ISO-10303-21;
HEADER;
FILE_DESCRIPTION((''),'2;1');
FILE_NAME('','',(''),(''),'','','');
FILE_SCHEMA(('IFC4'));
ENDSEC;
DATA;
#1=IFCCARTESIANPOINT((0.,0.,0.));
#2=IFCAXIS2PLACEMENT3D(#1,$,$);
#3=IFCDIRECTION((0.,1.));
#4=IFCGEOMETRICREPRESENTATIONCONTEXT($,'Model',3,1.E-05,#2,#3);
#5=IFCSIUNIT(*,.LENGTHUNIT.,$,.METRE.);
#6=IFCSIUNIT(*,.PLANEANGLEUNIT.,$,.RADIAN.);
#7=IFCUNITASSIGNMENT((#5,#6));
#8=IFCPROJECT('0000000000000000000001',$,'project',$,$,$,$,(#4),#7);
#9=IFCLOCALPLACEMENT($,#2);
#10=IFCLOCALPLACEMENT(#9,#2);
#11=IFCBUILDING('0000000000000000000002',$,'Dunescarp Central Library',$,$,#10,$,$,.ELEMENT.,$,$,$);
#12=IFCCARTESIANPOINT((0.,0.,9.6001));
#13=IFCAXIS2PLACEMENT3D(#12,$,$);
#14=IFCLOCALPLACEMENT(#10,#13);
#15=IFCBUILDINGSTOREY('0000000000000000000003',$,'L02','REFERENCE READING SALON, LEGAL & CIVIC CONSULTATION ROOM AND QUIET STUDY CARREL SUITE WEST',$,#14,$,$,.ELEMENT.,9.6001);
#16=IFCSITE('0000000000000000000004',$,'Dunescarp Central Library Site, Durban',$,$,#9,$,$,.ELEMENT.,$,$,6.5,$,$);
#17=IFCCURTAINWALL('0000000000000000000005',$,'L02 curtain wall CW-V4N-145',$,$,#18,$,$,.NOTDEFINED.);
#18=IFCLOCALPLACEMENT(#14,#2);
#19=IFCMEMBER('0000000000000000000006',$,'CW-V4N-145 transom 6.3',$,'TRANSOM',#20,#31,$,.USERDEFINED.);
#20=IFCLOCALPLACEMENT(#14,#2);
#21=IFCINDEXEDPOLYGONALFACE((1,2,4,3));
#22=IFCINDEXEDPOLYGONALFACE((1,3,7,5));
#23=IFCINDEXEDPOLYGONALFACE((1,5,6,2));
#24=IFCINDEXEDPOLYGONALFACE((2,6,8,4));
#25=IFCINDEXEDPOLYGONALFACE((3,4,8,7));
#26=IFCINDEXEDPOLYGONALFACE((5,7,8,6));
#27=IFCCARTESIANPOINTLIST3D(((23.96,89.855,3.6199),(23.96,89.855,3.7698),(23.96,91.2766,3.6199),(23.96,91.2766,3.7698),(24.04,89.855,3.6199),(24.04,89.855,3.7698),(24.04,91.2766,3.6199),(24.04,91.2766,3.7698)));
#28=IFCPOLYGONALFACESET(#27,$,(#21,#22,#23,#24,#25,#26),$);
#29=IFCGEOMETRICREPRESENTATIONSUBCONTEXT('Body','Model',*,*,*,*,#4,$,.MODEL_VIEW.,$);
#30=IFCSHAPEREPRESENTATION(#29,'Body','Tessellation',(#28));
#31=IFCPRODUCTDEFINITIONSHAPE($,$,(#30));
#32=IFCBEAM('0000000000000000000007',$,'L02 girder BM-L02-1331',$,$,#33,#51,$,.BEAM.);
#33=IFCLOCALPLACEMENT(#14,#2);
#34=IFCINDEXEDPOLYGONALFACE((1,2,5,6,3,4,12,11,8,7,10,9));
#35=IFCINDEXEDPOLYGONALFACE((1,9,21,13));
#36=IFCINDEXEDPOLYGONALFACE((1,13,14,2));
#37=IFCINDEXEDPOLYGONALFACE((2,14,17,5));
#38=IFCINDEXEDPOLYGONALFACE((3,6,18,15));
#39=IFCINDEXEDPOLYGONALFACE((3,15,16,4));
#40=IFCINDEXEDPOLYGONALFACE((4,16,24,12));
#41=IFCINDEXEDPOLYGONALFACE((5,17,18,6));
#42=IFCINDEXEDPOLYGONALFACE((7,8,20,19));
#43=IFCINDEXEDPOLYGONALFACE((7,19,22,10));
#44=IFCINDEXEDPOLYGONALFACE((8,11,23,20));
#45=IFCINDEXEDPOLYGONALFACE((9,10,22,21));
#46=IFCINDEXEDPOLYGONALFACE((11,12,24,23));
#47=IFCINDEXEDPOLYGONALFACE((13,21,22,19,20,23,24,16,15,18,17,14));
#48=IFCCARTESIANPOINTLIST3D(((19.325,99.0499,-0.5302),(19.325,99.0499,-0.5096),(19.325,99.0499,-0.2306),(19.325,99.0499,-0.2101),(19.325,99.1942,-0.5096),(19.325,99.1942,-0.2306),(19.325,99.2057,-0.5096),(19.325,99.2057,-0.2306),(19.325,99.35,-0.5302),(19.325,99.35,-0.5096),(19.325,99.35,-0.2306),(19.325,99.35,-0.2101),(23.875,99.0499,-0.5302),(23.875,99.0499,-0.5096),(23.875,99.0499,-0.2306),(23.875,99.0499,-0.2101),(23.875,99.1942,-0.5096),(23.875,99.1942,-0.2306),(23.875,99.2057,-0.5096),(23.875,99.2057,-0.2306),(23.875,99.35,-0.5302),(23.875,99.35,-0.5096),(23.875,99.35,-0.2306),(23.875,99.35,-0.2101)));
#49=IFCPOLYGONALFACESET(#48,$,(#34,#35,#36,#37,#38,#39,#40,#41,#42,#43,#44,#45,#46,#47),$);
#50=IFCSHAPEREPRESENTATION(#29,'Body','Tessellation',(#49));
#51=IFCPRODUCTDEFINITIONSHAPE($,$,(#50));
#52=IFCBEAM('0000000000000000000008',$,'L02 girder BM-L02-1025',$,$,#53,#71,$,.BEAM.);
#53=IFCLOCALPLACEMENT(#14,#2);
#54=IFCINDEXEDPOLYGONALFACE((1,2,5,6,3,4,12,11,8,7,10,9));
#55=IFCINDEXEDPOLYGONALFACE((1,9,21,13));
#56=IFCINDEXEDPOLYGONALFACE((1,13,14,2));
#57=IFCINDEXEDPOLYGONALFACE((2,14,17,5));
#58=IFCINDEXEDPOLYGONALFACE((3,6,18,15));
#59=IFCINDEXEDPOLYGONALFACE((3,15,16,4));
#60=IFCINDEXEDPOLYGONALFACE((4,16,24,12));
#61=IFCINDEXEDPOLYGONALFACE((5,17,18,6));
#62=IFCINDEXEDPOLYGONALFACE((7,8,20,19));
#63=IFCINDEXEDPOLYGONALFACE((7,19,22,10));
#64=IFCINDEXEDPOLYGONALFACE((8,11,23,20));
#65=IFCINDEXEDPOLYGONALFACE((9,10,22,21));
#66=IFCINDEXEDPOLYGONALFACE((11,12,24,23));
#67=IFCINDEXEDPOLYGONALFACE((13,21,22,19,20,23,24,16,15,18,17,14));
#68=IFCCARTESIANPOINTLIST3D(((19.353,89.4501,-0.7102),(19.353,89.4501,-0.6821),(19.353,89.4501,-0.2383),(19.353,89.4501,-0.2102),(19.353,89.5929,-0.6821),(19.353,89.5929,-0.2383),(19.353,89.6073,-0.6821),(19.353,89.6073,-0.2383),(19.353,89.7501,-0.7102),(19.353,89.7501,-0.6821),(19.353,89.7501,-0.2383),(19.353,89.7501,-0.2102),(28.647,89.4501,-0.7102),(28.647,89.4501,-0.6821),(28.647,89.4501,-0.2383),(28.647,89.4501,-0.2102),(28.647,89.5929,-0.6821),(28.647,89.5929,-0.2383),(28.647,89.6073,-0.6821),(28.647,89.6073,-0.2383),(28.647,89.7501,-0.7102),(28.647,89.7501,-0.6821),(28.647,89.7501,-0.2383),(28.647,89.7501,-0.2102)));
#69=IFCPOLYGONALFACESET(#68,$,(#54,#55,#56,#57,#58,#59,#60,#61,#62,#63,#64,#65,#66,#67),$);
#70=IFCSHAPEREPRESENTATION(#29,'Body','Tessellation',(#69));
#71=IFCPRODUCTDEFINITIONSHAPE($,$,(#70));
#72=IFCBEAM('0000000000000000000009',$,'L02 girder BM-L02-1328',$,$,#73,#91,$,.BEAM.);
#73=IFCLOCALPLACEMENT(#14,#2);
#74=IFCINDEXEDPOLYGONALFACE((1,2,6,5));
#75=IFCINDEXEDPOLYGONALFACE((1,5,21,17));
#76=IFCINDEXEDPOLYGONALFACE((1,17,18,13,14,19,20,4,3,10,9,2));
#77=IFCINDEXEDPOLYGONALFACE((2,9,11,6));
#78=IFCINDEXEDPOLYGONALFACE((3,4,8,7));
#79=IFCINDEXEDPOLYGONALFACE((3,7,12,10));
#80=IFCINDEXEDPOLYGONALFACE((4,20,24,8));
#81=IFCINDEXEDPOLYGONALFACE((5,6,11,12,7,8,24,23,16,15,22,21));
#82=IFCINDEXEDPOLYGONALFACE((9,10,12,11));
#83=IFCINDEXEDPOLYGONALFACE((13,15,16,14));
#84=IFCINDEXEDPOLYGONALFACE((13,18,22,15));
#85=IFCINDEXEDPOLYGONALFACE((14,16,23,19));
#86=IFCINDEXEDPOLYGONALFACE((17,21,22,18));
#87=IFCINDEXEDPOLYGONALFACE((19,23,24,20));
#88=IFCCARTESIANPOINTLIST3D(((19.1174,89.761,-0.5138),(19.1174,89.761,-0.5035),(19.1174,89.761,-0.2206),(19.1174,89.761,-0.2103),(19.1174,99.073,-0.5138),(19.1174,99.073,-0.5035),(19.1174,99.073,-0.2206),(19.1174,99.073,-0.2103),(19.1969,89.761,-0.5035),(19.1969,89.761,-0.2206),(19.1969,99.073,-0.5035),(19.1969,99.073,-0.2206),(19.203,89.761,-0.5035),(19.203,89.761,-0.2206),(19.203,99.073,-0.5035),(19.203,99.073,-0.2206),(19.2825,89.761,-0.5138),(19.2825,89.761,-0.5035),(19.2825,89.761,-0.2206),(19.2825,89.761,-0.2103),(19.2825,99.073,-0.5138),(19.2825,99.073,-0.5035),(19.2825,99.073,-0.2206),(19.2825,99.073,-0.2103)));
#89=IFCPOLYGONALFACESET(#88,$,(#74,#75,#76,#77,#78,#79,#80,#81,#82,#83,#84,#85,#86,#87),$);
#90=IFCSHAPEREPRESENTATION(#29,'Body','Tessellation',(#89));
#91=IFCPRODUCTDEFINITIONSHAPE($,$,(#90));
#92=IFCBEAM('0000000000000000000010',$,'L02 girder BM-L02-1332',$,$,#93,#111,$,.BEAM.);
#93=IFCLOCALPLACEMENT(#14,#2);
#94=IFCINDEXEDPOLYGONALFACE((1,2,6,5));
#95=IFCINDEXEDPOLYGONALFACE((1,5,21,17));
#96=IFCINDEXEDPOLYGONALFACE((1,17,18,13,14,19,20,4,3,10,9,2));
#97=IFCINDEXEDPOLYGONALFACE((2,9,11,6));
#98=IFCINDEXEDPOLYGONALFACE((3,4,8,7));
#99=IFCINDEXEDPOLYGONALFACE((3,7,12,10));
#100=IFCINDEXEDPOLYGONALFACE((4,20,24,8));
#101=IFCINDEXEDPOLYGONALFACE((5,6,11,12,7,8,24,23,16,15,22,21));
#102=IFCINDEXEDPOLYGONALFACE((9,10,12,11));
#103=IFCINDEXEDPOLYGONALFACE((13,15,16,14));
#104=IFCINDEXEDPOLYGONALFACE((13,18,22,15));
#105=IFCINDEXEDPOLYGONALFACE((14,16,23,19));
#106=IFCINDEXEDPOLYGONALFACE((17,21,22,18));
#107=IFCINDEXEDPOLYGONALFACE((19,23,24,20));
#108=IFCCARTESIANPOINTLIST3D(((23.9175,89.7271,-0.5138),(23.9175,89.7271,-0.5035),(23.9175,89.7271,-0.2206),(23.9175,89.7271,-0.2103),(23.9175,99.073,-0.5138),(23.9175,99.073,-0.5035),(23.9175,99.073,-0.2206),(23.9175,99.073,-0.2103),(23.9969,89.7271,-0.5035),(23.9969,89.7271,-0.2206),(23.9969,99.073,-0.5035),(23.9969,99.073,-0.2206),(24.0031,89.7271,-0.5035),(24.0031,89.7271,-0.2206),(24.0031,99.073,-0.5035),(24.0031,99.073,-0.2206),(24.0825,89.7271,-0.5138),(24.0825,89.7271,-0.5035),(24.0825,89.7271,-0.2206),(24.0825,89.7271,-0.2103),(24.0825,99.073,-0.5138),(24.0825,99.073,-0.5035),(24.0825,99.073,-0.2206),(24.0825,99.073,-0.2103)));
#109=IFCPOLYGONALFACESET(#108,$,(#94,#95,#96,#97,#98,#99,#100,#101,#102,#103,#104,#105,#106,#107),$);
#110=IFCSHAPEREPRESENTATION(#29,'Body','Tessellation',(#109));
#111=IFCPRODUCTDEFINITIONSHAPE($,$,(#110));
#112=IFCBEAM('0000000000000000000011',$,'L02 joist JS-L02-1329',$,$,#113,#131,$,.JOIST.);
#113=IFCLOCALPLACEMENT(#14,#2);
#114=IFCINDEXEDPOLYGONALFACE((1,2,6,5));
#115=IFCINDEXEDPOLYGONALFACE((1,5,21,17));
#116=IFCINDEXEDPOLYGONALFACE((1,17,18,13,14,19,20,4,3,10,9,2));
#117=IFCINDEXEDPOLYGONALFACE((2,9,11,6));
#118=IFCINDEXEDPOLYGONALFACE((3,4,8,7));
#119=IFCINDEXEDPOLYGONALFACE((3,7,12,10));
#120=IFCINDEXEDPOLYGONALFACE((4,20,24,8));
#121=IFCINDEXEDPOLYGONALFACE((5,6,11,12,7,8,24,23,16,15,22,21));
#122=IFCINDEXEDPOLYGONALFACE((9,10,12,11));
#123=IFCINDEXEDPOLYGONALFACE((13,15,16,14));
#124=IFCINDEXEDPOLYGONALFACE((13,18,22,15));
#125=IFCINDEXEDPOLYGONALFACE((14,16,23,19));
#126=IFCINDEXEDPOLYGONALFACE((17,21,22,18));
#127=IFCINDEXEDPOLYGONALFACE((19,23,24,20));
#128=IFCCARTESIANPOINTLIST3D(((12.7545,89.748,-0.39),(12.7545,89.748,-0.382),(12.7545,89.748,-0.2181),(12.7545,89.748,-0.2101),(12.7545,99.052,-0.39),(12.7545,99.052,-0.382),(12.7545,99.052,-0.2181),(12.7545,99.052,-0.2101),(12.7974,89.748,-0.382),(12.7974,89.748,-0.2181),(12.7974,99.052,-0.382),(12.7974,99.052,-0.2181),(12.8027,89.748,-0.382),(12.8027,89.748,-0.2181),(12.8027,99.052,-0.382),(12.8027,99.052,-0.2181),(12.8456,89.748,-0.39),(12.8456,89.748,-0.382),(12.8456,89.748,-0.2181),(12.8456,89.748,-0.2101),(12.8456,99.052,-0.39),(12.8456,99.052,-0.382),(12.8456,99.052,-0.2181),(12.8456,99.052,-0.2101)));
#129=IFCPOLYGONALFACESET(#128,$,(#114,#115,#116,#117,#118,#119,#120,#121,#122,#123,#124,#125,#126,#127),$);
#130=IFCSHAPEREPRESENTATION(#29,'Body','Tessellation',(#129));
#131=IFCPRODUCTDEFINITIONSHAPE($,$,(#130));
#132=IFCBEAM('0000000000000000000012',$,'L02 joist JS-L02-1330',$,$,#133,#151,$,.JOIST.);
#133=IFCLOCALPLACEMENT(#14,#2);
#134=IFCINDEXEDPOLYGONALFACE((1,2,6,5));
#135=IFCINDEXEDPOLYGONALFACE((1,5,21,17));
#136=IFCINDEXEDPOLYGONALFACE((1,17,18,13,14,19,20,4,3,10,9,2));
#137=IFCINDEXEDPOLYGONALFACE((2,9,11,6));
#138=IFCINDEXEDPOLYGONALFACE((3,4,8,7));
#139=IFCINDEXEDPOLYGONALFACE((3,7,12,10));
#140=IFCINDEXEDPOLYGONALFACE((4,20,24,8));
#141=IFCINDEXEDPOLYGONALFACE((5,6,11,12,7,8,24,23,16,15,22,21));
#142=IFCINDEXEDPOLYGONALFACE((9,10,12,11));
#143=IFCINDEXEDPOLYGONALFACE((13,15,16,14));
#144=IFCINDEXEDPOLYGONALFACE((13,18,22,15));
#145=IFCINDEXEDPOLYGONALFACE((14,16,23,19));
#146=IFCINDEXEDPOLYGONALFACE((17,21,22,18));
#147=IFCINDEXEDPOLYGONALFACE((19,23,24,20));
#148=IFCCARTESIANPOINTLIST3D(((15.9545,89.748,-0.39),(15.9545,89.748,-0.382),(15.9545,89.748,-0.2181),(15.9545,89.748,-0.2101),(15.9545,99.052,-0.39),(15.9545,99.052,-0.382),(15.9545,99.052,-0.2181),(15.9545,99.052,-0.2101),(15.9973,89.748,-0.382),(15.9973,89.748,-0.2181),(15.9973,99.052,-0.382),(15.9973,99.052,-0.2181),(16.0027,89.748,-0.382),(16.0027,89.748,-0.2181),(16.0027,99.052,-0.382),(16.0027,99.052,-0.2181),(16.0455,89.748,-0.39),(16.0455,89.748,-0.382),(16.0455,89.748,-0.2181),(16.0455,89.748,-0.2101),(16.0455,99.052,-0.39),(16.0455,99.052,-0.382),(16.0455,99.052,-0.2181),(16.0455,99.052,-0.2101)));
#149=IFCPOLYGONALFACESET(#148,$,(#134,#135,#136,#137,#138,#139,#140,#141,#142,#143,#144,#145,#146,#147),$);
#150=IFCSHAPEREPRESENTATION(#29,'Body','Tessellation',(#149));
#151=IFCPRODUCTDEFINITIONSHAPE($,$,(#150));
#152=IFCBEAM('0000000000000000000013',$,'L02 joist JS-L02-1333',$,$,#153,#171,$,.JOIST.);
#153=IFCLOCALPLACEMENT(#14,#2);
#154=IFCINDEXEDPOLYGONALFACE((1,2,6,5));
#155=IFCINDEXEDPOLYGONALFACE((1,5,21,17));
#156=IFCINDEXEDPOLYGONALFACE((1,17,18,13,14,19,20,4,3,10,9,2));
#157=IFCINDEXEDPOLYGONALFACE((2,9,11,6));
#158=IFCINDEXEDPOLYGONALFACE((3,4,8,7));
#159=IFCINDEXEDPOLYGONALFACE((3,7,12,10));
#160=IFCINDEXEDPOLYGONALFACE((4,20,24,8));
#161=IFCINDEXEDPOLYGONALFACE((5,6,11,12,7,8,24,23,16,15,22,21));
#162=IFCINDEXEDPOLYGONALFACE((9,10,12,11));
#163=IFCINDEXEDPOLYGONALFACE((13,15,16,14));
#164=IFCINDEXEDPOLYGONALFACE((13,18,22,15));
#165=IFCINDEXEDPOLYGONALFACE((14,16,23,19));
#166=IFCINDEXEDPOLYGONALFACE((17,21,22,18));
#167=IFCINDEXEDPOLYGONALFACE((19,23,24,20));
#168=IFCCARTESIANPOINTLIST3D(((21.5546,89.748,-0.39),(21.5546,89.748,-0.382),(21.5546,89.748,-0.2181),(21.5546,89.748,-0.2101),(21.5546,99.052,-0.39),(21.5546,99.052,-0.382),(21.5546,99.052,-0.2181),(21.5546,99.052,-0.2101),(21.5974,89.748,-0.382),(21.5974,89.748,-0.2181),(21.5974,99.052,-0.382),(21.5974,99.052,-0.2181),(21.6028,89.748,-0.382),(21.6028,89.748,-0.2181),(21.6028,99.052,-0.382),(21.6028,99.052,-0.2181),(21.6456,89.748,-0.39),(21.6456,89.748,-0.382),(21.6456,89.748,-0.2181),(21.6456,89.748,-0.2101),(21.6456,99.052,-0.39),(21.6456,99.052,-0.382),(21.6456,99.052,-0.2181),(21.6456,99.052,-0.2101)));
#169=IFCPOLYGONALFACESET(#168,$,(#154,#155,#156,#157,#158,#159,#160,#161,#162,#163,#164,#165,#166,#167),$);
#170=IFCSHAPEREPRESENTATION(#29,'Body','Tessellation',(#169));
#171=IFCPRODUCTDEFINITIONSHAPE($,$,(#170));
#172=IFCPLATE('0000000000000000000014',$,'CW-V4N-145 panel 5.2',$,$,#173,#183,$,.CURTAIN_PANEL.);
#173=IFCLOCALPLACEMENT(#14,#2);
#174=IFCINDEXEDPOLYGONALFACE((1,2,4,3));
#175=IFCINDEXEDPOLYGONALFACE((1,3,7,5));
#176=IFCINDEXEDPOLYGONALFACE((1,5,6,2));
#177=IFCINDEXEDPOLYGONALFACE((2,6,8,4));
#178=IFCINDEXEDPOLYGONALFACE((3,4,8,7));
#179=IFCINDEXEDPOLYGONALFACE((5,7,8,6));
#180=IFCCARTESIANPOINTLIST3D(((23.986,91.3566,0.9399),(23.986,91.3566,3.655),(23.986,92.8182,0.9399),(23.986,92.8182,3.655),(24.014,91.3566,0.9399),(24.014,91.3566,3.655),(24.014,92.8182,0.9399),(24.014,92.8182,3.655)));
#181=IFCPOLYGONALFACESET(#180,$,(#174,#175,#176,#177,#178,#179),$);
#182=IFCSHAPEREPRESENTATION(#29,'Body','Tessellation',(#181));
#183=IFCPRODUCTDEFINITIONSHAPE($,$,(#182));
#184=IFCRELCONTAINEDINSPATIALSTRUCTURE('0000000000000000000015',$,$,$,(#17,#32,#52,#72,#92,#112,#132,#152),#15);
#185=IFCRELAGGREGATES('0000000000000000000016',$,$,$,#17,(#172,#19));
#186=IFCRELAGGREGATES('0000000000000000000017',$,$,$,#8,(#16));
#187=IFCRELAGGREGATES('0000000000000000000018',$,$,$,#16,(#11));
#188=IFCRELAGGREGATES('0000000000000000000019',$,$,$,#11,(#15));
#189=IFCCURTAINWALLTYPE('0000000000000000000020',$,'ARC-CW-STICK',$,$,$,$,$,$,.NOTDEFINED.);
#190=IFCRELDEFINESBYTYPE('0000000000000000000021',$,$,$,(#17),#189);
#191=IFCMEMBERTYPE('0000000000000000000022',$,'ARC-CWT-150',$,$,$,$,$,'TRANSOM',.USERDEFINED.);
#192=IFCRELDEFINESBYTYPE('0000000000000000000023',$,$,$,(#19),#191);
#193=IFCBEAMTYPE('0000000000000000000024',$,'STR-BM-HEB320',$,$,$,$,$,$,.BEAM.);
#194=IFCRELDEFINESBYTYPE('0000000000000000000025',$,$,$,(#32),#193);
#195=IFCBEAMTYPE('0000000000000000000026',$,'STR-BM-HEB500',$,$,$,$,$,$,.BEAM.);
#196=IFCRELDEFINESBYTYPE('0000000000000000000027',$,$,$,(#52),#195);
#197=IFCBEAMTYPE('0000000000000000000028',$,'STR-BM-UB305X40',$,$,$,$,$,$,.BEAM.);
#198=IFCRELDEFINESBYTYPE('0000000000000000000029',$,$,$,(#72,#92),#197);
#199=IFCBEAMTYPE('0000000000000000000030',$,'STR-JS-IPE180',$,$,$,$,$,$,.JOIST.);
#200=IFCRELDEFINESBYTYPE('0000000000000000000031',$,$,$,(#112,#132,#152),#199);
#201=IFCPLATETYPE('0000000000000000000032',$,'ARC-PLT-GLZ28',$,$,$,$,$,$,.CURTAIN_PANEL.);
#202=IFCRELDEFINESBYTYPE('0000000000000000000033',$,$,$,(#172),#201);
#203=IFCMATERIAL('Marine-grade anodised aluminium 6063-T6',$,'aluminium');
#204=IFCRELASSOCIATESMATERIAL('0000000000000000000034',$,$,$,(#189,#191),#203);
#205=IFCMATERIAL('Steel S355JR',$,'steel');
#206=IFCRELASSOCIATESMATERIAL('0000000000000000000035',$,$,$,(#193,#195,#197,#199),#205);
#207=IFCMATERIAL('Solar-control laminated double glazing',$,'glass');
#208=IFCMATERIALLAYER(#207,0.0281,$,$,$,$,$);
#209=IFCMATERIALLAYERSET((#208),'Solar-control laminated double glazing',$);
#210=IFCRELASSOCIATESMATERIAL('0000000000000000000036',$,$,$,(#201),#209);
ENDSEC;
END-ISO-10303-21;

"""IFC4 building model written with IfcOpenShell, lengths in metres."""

from ifc_helpers import new_model, si_unit, direction, frame, origin, origin_2d, place, context, subcontext, project, spatial, rectangle, i_section, extrude, material, layer, layer_set, material_profile, profile_set, type_object, element, aggregate, save


model = new_model("IFC4")

# Units and contexts
model_context = context("Model", 3, precision=1e-05, world=origin(), true_north=direction((0.0, 1.0)))
body_context = subcontext(model_context, "Body", "Model", "MODEL_VIEW")
ifc_project = project(units=[si_unit("LENGTHUNIT", "METRE"), si_unit("PLANEANGLEUNIT", "RADIAN")], contexts=[model_context])

# Site, building, storey
site_placement = place(None, origin())
site = spatial("IfcSite", under=ifc_project, at=site_placement, Name="Dunescarp Central Library Site, Durban", CompositionType="ELEMENT", RefElevation=6.5)
building_placement = place(site_placement, origin())
building = spatial("IfcBuilding", under=site, at=building_placement, Name="Dunescarp Central Library", CompositionType="ELEMENT")
storey_placement = place(building_placement, frame((0.0, 0.0, 9.6001)))
storey = spatial("IfcBuildingStorey", under=building, at=storey_placement, Name="L02", Description="REFERENCE READING SALON, LEGAL & CIVIC CONSULTATION ROOM AND QUIET STUDY CARREL SUITE WEST", CompositionType="ELEMENT", Elevation=9.6001)

# Shared definitions
ifc_material_1 = material(Name="Steel S355JR", Category="steel")

# Curtain wall, member
ifc_material_2 = material(Name="Marine-grade anodised aluminium 6063-T6", Category="aluminium")
curtain_wall_type = type_object("IfcCurtainWallType", Name="ARC-CW-STICK", PredefinedType="NOTDEFINED", material=ifc_material_2)
curtain_wall_placement = place(storey_placement, origin())
curtain_wall = element("IfcCurtainWall", 1, at=curtain_wall_placement, inside=storey, type_object=curtain_wall_type, Name="L02 curtain wall CW-V4N-145", PredefinedType="NOTDEFINED")
ifc_material_profile_1 = material_profile(ifc_material_2, rectangle(XDim=0.0801, YDim=0.1499, at=origin_2d()), Name="AL 80x150")
ifc_profile_set_1 = profile_set([ifc_material_profile_1], Name="Marine-grade anodised aluminium 6063-T6")
member_type_1 = type_object("IfcMemberType", Name="ARC-CWT-150", ElementType="TRANSOM", PredefinedType="USERDEFINED", material=ifc_profile_set_1)
member_1_placement = place(storey_placement, frame((24.0, 91.2766, 3.6948), z_axis=(0.0, -1.0, 0.0), x_axis=(1.0, 0.0, 0.0)))
member_1 = element("IfcMember", 2, at=member_1_placement, type_object=member_type_1, Name="CW-V4N-145 transom 6.3", ObjectType="TRANSOM", PredefinedType="USERDEFINED", context=body_context, shape_type="SweptSolid", body=[
    extrude(rectangle(XDim=0.0801, YDim=0.1499, at=origin_2d()), origin(), (0.0, 0.0, 1.0), 1.4216),
])

# Beams
ifc_material_profile_2 = material_profile(ifc_material_1, i_section(OverallWidth=0.3, OverallDepth=0.3201, WebThickness=0.0115, FlangeThickness=0.0205, at=origin_2d()), Name="HEB 320")
ifc_profile_set_2 = profile_set([ifc_material_profile_2], Name="Steel S355JR")
beam_type_1 = type_object("IfcBeamType", Name="STR-BM-HEB320", PredefinedType="BEAM", material=ifc_profile_set_2)
beam_1_placement = place(storey_placement, frame((19.325, 99.2, -0.3701), z_axis=(1.0, 0.0, 0.0), x_axis=(0.0, 1.0, 0.0)))
element("IfcBeam", 3, at=beam_1_placement, inside=storey, type_object=beam_type_1, Name="L02 girder BM-L02-1331", PredefinedType="BEAM", context=body_context, shape_type="SweptSolid", body=[
    extrude(i_section(OverallWidth=0.3, OverallDepth=0.3201, WebThickness=0.0115, FlangeThickness=0.0205, at=origin_2d()), origin(), (0.0, 0.0, 1.0), 4.55),
])
ifc_material_profile_3 = material_profile(ifc_material_1, i_section(OverallWidth=0.3, OverallDepth=0.5, WebThickness=0.0144, FlangeThickness=0.0281, at=origin_2d()), Name="HEB 500")
ifc_profile_set_3 = profile_set([ifc_material_profile_3], Name="Steel S355JR")
beam_type_2 = type_object("IfcBeamType", Name="STR-BM-HEB500", PredefinedType="BEAM", material=ifc_profile_set_3)
beam_2_placement = place(storey_placement, frame((19.353, 89.6001, -0.4602), z_axis=(1.0, 0.0, 0.0), x_axis=(0.0, 1.0, 0.0)))
element("IfcBeam", 4, at=beam_2_placement, inside=storey, type_object=beam_type_2, Name="L02 girder BM-L02-1025", PredefinedType="BEAM", context=body_context, shape_type="SweptSolid", body=[
    extrude(i_section(OverallWidth=0.3, OverallDepth=0.5, WebThickness=0.0144, FlangeThickness=0.0281, at=origin_2d()), origin(), (0.0, 0.0, 1.0), 9.2939),
])
ifc_material_profile_4 = material_profile(ifc_material_1, i_section(OverallWidth=0.165, OverallDepth=0.3035, WebThickness=0.0061, FlangeThickness=0.0103, at=origin_2d()), Name="UB 305x165x40")
ifc_profile_set_4 = profile_set([ifc_material_profile_4], Name="Steel S355JR")
beam_type_3 = type_object("IfcBeamType", Name="STR-BM-UB305X40", PredefinedType="BEAM", material=ifc_profile_set_4)
beam_3_placement = place(storey_placement, frame((19.2, 89.761, -0.3621), z_axis=(0.0, 1.0, 0.0), x_axis=(-1.0, 0.0, 0.0)))
element("IfcBeam", 5, at=beam_3_placement, inside=storey, type_object=beam_type_3, Name="L02 girder BM-L02-1328", PredefinedType="BEAM", context=body_context, shape_type="SweptSolid", body=[
    extrude(i_section(OverallWidth=0.165, OverallDepth=0.3035, WebThickness=0.0061, FlangeThickness=0.0103, at=origin_2d()), origin(), (0.0, 0.0, 1.0), 9.312),
])
beam_4_placement = place(storey_placement, frame((24.0, 89.7271, -0.3621), z_axis=(0.0, 1.0, 0.0), x_axis=(-1.0, 0.0, 0.0)))
element("IfcBeam", 6, at=beam_4_placement, inside=storey, type_object=beam_type_3, Name="L02 girder BM-L02-1332", PredefinedType="BEAM", context=body_context, shape_type="SweptSolid", body=[
    extrude(i_section(OverallWidth=0.165, OverallDepth=0.3035, WebThickness=0.0061, FlangeThickness=0.0103, at=origin_2d()), origin(), (0.0, 0.0, 1.0), 9.3459),
])
ifc_material_profile_5 = material_profile(ifc_material_1, i_section(OverallWidth=0.0911, OverallDepth=0.1799, WebThickness=0.0054, FlangeThickness=0.0081, at=origin_2d()), Name="IPE 180")
ifc_profile_set_5 = profile_set([ifc_material_profile_5], Name="Steel S355JR")
beam_type_4 = type_object("IfcBeamType", Name="STR-JS-IPE180", PredefinedType="JOIST", material=ifc_profile_set_5)
for number, where, z_axis, x_axis, name in (
    (7, (12.8, 89.748, -0.3), (0.0, 1.0, 0.0), (-1.0, 0.0, 0.0), "L02 joist JS-L02-1329"),
    (8, (16.0, 89.748, -0.3), (0.0, 1.0, 0.0), (-1.0, 0.0, 0.0), "L02 joist JS-L02-1330"),
    (9, (21.6001, 89.748, -0.3), (0.0, 1.0, 0.0), (-1.0, 0.0, 0.0), "L02 joist JS-L02-1333"),
):
    element("IfcBeam", number, at=place(storey_placement, frame(where, z_axis=z_axis, x_axis=x_axis)), inside=storey, type_object=beam_type_4, Name=name, PredefinedType="JOIST", context=body_context, shape_type="SweptSolid", body=[
        extrude(i_section(OverallWidth=0.0911, OverallDepth=0.1799, WebThickness=0.0054, FlangeThickness=0.0081, at=origin_2d()), origin(), (0.0, 0.0, 1.0), 9.304),
    ])

# Plate
ifc_material_3 = material(Name="Solar-control laminated double glazing", Category="glass")
ifc_layer_1 = layer(ifc_material_3, 0.0281)
ifc_layer_set_1 = layer_set([ifc_layer_1], Name="Solar-control laminated double glazing")
plate_type_1 = type_object("IfcPlateType", Name="ARC-PLT-GLZ28", PredefinedType="CURTAIN_PANEL", material=ifc_layer_set_1)
plate_1_placement = place(storey_placement, frame((24.0, 92.0874, 0.9399), z_axis=(0.0, 0.0, 1.0), x_axis=(0.0, -1.0, 0.0)))
plate_1 = element("IfcPlate", 10, at=plate_1_placement, type_object=plate_type_1, Name="CW-V4N-145 panel 5.2", PredefinedType="CURTAIN_PANEL", context=body_context, shape_type="SweptSolid", body=[
    extrude(rectangle(XDim=1.4617, YDim=0.0281, at=origin_2d()), origin(), (0.0, 0.0, 1.0), 2.7151),
])
aggregate(curtain_wall, [plate_1, member_1])

save(model, "model.ifc")
